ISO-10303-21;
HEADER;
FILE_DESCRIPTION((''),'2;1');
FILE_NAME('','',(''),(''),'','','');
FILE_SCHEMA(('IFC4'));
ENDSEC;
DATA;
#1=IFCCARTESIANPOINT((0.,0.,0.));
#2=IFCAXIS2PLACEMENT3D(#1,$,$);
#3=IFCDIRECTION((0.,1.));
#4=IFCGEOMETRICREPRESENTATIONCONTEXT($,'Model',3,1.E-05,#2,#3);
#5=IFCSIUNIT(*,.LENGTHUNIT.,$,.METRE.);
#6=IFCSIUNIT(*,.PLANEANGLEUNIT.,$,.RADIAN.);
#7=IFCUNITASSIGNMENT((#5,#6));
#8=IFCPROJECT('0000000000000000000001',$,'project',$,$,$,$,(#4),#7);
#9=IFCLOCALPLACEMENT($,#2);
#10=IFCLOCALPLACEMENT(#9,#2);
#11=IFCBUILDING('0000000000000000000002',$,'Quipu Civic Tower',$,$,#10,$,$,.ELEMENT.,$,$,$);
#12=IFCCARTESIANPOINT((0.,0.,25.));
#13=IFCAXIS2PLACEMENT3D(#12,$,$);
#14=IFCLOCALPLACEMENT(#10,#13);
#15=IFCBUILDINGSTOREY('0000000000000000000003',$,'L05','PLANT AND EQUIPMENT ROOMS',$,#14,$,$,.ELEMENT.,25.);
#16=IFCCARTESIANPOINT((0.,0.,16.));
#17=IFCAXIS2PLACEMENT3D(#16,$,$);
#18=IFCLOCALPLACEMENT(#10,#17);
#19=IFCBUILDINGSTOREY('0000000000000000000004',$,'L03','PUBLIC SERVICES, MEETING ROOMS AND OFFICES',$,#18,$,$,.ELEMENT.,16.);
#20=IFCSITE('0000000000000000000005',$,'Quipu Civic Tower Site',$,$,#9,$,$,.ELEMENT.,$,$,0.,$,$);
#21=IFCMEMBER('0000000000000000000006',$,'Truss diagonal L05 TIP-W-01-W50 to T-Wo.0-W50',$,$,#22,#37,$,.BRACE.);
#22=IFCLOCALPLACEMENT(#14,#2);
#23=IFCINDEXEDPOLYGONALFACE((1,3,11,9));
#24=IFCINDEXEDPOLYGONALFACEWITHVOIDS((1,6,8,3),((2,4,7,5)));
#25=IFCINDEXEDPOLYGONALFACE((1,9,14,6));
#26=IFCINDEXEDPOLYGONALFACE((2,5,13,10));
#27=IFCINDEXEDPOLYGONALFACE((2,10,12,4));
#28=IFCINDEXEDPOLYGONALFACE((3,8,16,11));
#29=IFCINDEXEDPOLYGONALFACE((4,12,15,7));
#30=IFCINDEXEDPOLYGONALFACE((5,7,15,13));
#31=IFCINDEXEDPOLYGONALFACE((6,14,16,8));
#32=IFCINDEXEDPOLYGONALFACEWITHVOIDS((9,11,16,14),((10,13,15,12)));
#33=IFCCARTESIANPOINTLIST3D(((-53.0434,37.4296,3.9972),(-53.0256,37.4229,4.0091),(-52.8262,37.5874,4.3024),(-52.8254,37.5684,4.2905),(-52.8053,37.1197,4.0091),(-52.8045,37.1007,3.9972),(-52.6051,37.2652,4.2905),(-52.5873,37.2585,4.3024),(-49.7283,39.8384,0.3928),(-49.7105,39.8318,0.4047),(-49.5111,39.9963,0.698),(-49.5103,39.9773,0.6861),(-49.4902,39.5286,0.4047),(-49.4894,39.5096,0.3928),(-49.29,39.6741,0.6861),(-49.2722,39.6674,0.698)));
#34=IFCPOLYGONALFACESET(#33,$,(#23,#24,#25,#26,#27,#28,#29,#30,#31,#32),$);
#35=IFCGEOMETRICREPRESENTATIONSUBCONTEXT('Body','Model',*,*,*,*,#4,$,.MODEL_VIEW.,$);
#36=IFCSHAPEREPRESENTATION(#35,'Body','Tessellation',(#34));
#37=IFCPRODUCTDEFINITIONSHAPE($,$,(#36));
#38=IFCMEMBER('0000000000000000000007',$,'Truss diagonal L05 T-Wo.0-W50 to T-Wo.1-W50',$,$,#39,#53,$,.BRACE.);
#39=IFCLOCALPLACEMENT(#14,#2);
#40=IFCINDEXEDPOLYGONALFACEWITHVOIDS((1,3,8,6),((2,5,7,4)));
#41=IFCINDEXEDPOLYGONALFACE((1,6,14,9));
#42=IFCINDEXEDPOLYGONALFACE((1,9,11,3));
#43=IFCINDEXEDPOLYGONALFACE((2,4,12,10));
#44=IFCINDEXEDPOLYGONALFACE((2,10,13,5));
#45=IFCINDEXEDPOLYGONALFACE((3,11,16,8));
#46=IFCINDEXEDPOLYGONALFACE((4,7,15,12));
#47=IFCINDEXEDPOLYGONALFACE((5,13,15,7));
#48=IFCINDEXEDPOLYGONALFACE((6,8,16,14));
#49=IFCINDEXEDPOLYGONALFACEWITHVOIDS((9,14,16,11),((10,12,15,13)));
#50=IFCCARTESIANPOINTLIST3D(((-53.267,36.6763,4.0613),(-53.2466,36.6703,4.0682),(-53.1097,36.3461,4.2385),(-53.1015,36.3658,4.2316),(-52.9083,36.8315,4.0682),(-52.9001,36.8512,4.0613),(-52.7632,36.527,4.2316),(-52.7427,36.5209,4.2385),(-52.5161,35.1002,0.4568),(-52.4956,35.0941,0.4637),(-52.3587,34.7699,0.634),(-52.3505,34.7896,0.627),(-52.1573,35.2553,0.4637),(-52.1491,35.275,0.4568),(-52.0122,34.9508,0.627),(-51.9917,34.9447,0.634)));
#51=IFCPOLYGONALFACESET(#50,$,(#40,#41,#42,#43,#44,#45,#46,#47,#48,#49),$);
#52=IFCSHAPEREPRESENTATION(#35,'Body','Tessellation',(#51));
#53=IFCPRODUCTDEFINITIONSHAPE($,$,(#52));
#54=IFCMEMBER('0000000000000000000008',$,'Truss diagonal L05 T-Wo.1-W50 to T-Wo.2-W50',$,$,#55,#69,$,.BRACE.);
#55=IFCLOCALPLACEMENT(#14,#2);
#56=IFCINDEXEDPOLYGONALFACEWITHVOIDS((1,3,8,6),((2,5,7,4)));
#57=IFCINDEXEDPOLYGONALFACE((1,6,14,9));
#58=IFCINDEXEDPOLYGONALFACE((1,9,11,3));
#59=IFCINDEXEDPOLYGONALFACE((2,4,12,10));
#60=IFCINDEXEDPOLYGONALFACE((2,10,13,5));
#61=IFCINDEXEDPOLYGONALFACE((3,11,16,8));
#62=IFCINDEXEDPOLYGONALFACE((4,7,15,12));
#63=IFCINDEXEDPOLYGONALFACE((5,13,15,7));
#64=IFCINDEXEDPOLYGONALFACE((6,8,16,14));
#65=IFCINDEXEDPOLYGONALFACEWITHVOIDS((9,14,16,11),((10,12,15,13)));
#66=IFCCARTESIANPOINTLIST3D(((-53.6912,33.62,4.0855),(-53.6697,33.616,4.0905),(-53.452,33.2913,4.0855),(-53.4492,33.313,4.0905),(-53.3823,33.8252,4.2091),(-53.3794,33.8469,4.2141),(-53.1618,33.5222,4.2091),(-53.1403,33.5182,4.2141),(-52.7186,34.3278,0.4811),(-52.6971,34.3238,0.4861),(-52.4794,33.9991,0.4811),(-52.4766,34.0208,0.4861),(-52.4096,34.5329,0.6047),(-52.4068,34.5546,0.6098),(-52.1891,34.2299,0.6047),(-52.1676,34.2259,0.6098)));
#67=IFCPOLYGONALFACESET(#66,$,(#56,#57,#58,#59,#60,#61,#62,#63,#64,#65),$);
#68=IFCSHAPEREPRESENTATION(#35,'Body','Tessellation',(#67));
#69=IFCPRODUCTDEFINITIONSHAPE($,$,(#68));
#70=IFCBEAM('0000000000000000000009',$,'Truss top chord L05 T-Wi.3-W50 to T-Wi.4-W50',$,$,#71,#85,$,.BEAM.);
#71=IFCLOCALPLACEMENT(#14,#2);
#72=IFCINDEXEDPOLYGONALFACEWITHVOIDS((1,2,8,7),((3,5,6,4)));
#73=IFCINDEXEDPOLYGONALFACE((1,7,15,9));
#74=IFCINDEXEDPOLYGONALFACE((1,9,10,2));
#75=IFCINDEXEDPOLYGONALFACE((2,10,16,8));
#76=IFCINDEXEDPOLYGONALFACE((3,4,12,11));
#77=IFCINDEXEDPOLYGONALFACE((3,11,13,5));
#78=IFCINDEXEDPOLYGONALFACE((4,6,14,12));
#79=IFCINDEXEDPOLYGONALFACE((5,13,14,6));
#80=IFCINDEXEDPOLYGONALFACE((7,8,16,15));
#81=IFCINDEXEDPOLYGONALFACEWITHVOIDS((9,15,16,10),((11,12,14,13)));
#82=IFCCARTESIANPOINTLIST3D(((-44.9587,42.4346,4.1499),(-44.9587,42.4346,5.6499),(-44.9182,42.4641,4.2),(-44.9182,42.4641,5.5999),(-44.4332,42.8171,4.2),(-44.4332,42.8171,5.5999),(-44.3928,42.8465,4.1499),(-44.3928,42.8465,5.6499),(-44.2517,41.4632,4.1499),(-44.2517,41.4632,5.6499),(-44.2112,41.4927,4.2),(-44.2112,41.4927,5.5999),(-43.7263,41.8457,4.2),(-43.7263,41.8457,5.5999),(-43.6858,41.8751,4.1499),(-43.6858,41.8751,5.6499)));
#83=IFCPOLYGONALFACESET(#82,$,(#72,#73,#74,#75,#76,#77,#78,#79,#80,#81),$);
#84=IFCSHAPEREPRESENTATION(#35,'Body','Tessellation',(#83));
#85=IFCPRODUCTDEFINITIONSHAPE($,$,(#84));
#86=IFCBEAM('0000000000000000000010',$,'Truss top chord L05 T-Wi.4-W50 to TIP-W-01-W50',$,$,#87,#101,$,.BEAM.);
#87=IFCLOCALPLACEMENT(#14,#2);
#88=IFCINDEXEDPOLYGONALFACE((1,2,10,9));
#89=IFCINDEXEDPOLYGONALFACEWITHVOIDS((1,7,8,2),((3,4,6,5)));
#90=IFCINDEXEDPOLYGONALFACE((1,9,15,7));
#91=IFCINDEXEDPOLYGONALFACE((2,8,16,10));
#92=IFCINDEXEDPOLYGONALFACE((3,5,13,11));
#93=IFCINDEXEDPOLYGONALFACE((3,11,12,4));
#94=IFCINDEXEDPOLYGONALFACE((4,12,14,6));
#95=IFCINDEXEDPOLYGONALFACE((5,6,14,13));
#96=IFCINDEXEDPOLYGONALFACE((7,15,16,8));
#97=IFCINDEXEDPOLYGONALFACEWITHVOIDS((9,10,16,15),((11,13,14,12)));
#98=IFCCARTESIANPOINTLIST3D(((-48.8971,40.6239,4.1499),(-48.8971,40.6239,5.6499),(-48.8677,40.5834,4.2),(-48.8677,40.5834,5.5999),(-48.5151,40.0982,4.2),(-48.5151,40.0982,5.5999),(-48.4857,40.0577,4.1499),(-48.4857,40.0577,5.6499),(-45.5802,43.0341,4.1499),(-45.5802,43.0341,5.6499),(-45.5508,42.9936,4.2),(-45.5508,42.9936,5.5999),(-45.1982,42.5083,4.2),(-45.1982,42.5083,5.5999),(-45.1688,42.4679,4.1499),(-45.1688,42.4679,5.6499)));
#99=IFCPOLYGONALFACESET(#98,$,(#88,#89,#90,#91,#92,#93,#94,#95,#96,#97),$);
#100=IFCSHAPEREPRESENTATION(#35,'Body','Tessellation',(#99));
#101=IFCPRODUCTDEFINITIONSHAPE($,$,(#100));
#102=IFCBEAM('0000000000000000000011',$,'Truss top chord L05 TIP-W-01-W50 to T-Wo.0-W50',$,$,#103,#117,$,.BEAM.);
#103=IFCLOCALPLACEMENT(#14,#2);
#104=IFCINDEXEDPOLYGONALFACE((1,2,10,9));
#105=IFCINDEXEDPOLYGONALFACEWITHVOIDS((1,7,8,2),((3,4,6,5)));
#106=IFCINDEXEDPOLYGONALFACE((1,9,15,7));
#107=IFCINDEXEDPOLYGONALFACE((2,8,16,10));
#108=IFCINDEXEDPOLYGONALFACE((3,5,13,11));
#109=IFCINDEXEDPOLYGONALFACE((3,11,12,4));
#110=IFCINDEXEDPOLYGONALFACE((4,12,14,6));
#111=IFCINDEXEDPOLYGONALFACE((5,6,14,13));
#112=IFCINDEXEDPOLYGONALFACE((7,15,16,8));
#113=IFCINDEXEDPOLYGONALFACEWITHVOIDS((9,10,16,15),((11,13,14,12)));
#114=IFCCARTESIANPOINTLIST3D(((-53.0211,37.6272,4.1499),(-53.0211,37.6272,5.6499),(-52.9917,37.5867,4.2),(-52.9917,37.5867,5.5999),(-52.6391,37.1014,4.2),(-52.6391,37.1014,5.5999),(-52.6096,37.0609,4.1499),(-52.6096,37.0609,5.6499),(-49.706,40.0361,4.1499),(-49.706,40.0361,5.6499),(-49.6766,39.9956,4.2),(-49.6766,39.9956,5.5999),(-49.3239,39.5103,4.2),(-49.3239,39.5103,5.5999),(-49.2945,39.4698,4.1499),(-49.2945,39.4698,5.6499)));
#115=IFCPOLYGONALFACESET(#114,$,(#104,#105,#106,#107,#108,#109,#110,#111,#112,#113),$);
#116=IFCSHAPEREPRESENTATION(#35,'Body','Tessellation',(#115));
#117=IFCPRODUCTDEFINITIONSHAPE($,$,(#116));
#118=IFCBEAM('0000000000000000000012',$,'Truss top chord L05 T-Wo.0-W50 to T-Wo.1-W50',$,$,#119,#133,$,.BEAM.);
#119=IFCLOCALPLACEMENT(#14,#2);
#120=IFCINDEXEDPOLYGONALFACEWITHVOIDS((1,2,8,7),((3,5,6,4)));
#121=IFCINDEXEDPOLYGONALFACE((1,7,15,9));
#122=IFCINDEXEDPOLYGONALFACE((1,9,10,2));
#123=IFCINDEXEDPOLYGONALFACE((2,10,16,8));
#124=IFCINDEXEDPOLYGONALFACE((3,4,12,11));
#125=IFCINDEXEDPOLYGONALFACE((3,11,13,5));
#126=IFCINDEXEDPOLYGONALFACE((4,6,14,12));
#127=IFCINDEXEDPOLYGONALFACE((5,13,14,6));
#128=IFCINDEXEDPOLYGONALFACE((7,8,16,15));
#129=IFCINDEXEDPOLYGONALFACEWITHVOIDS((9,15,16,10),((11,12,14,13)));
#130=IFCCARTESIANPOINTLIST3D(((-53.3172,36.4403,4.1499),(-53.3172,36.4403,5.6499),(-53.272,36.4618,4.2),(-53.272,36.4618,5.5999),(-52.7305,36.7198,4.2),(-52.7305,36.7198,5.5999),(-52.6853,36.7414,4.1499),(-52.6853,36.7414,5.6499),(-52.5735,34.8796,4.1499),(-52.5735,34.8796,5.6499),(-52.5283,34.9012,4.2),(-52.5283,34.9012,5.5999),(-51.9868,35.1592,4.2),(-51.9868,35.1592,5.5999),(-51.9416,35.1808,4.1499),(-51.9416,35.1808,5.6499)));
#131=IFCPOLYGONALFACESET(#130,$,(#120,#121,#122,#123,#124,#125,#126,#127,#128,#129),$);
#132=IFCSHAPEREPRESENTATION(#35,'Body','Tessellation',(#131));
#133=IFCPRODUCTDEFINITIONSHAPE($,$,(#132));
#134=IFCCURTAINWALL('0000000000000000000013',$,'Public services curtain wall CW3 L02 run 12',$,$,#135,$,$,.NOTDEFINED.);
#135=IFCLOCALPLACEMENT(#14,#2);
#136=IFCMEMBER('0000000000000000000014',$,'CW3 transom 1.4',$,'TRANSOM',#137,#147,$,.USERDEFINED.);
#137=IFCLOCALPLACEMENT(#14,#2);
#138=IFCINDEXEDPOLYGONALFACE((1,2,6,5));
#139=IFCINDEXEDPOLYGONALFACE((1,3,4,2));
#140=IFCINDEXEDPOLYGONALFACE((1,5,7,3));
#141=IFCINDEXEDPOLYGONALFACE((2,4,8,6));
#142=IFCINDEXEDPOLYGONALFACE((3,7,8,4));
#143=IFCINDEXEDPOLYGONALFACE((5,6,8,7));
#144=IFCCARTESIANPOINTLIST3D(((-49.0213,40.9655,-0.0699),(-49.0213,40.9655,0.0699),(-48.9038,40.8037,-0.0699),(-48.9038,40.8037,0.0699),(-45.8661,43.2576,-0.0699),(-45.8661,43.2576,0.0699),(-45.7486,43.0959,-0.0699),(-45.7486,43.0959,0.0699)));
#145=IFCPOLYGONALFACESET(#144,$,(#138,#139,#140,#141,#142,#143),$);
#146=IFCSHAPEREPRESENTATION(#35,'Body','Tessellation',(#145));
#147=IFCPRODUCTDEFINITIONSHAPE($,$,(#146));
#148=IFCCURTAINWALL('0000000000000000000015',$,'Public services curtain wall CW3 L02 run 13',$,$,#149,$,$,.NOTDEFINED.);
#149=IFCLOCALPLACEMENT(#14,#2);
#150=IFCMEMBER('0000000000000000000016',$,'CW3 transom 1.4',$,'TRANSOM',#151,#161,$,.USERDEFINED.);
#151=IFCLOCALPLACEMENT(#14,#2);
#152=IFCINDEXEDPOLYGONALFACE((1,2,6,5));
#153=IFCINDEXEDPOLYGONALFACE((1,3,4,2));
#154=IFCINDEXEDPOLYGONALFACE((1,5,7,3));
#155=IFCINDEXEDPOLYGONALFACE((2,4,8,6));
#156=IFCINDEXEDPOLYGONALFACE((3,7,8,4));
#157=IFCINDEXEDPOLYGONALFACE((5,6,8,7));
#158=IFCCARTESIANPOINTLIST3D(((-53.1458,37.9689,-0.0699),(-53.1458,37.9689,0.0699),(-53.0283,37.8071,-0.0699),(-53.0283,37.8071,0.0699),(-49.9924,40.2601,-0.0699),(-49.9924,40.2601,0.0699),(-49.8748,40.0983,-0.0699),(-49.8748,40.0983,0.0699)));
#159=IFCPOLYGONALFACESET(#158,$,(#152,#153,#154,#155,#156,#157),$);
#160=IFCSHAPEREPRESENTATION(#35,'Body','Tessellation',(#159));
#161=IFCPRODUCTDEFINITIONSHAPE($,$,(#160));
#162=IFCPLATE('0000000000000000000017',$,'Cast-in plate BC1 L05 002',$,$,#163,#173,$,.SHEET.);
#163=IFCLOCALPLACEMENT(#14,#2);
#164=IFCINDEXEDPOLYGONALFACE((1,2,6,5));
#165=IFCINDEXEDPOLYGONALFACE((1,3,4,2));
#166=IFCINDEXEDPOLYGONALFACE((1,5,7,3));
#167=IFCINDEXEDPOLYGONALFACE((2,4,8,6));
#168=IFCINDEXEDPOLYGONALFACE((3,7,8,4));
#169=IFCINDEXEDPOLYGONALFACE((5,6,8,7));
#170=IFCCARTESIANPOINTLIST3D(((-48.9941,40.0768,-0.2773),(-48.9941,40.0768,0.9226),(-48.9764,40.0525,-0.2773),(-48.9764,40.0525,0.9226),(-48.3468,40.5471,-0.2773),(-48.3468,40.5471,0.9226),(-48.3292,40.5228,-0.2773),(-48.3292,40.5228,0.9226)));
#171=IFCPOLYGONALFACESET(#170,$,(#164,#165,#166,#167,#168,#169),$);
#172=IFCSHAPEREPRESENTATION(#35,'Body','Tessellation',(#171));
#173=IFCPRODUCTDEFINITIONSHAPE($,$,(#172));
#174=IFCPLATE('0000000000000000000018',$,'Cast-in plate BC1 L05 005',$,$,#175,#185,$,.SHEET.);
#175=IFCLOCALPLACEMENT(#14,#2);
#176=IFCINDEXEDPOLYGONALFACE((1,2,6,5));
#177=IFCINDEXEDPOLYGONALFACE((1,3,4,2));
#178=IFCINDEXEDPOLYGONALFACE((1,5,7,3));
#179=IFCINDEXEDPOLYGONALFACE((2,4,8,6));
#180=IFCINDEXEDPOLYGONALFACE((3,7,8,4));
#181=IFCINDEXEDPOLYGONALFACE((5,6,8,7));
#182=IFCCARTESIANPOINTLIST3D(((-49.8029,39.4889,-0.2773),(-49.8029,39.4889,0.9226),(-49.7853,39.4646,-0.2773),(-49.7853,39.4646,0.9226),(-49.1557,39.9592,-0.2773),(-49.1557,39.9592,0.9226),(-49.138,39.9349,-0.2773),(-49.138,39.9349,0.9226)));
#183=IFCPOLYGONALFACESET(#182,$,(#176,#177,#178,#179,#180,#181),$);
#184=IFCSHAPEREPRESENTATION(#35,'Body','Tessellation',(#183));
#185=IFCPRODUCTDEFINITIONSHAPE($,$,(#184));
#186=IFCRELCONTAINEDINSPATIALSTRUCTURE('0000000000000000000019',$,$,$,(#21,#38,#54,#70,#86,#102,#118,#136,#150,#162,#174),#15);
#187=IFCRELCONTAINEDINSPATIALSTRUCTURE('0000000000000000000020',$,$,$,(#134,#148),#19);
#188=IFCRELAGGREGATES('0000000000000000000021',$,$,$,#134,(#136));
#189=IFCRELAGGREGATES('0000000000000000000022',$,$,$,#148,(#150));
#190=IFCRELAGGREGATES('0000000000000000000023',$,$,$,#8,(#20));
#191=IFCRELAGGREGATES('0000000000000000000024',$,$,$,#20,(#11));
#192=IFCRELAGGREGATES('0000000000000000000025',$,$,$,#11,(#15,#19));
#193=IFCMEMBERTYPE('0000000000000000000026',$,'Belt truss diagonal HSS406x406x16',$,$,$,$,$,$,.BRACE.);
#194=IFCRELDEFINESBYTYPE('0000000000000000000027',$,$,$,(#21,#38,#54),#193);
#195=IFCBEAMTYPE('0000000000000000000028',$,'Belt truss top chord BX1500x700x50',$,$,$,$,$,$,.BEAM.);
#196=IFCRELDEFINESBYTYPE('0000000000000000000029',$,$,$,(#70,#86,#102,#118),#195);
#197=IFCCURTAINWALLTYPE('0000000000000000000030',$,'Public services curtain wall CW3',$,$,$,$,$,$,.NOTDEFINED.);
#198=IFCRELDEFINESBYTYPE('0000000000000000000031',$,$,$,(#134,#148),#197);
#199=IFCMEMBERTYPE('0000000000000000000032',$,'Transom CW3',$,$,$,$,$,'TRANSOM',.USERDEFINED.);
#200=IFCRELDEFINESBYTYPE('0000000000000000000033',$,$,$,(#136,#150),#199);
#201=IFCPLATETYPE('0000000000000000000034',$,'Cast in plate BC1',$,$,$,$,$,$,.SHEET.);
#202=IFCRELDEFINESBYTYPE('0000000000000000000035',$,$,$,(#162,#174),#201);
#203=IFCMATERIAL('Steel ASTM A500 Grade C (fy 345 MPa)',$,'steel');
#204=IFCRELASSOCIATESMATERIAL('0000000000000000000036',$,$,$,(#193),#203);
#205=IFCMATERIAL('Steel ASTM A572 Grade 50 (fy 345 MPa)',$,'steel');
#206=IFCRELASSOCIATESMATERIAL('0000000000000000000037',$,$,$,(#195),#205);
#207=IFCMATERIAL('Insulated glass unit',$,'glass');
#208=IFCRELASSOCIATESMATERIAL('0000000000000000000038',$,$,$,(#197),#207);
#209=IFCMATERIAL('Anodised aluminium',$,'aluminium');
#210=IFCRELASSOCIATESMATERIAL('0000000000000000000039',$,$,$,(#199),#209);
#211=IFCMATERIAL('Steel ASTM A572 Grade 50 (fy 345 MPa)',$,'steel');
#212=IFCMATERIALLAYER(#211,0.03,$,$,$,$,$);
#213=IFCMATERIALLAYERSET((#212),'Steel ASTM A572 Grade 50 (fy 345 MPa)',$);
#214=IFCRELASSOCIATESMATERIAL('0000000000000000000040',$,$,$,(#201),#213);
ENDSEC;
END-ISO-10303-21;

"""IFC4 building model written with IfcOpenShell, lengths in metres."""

from ifc_helpers import new_model, si_unit, direction, frame, origin, origin_2d, place, context, subcontext, project, spatial, rectangle, hollow_rectangle, extrude, material, layer, layer_set, material_profile, profile_set, type_object, element, aggregate, save


model = new_model("IFC4")

# Units and contexts
model_context = context("Model", 3, precision=1e-05, world=origin(), true_north=direction((0.0, 1.0)))
body_context = subcontext(model_context, "Body", "Model", "MODEL_VIEW")
ifc_project = project(units=[si_unit("LENGTHUNIT", "METRE"), si_unit("PLANEANGLEUNIT", "RADIAN")], contexts=[model_context])

# Site, building, storey
site_placement = place(None, origin())
site = spatial("IfcSite", under=ifc_project, at=site_placement, Name="Quipu Civic Tower Site", CompositionType="ELEMENT", RefElevation=0.0)
building_placement = place(site_placement, origin())
building = spatial("IfcBuilding", under=site, at=building_placement, Name="Quipu Civic Tower", CompositionType="ELEMENT")
storey_1_placement = place(building_placement, frame((0.0, 0.0, 25.0)))
storey_1 = spatial("IfcBuildingStorey", under=building, at=storey_1_placement, Name="L05", Description="PLANT AND EQUIPMENT ROOMS", CompositionType="ELEMENT", Elevation=25.0)

# Members
ifc_material_1 = material(Name="Steel ASTM A500 Grade C (fy 345 MPa)", Category="steel")
ifc_material_profile_1 = material_profile(ifc_material_1, hollow_rectangle(XDim=0.4065, YDim=0.4065, WallThickness=0.0159, at=origin_2d()), Name="HSS406x406x16")
ifc_profile_set_1 = profile_set([ifc_material_profile_1], Name="Steel ASTM A500 Grade C (fy 345 MPa)")
member_type_1 = type_object("IfcMemberType", Name="Belt truss diagonal HSS406x406x16", PredefinedType="BRACE", material=ifc_profile_set_1)
member_1_placement = place(storey_1_placement, frame((-49.5002, 39.7529, 0.5454), z_axis=(-0.60744, -0.441388, 0.660449), x_axis=(0.587835, -0.808981, 0.0)))
element("IfcMember", 1, at=member_1_placement, inside=storey_1, type_object=member_type_1, Name="Truss diagonal L05 TIP-W-01-W50 to T-Wo.0-W50", PredefinedType="BRACE", context=body_context, shape_type="SweptSolid", body=[
    extrude(hollow_rectangle(XDim=0.4065, YDim=0.4065, WallThickness=0.0159, at=origin_2d()), origin(), (0.0, 0.0, 1.0), 5.4575),
])
member_2_placement = place(storey_1_placement, frame((-53.0049, 36.5986, 4.1499), z_axis=(0.187506, -0.393543, -0.899981), x_axis=(0.902767, 0.430129, 0.0)))
element("IfcMember", 2, at=member_2_placement, inside=storey_1, type_object=member_type_1, Name="Truss diagonal L05 T-Wo.0-W50 to T-Wo.1-W50", PredefinedType="BRACE", context=body_context, shape_type="SweptSolid", body=[
    extrude(hollow_rectangle(XDim=0.4065, YDim=0.4065, WallThickness=0.0159, at=origin_2d()), origin(), (0.0, 0.0, 1.0), 4.0051),
])
member_3_placement = place(storey_1_placement, frame((-52.4431, 34.2769, 0.5454), z_axis=(-0.255968, -0.186258, 0.948572), x_axis=(0.588377, -0.808587, 0.0)))
element("IfcMember", 3, at=member_3_placement, inside=storey_1, type_object=member_type_1, Name="Truss diagonal L05 T-Wo.1-W50 to T-Wo.2-W50", PredefinedType="BRACE", context=body_context, shape_type="SweptSolid", body=[
    extrude(hollow_rectangle(XDim=0.4065, YDim=0.4065, WallThickness=0.0159, at=origin_2d()), origin(), (0.0, 0.0, 1.0), 3.7998),
])

# Beams
ifc_material_2 = material(Name="Steel ASTM A572 Grade 50 (fy 345 MPa)", Category="steel")
ifc_material_profile_2 = material_profile(ifc_material_2, hollow_rectangle(XDim=0.7, YDim=1.5, WallThickness=0.05, at=origin_2d()), Name="BX1500x700x50")
ifc_profile_set_2 = profile_set([ifc_material_profile_2], Name="Steel ASTM A572 Grade 50 (fy 345 MPa)")
beam_type_1 = type_object("IfcBeamType", Name="Belt truss top chord BX1500x700x50", PredefinedType="BEAM", material=ifc_profile_set_2)
beam_1_placement = place(storey_1_placement, frame((-43.9688, 41.6692, 4.8999), z_axis=(-0.588462, 0.808525, 0.0), x_axis=(-0.808525, -0.588462, 0.0)))
element("IfcBeam", 4, at=beam_1_placement, inside=storey_1, type_object=beam_type_1, Name="Truss top chord L05 T-Wi.3-W50 to T-Wi.4-W50", PredefinedType="BEAM", context=body_context, shape_type="SweptSolid", body=[
    extrude(hollow_rectangle(XDim=0.7, YDim=1.5, WallThickness=0.05, at=origin_2d()), origin(), (0.0, 0.0, 1.0), 1.2014),
])
beam_2_placement = place(storey_1_placement, frame((-45.3745, 42.751, 4.8999), z_axis=(-0.808983, -0.587832, 0.0), x_axis=(0.587832, -0.808983, 0.0)))
element("IfcBeam", 5, at=beam_2_placement, inside=storey_1, type_object=beam_type_1, Name="Truss top chord L05 T-Wi.4-W50 to TIP-W-01-W50", PredefinedType="BEAM", context=body_context, shape_type="SweptSolid", body=[
    extrude(hollow_rectangle(XDim=0.7, YDim=1.5, WallThickness=0.05, at=origin_2d()), origin(), (0.0, 0.0, 1.0), 4.1001),
])
beam_3_placement = place(storey_1_placement, frame((-49.5002, 39.7529, 4.8999), z_axis=(-0.808981, -0.587835, 0.0), x_axis=(0.587835, -0.808981, 0.0)))
element("IfcBeam", 6, at=beam_3_placement, inside=storey_1, type_object=beam_type_1, Name="Truss top chord L05 TIP-W-01-W50 to T-Wo.0-W50", PredefinedType="BEAM", context=body_context, shape_type="SweptSolid", body=[
    extrude(hollow_rectangle(XDim=0.7, YDim=1.5, WallThickness=0.05, at=origin_2d()), origin(), (0.0, 0.0, 1.0), 4.0979),
])
beam_4_placement = place(storey_1_placement, frame((-53.0012, 36.5908, 4.8999), z_axis=(0.430186, -0.90274, 0.0), x_axis=(0.90274, 0.430186, 0.0)))
element("IfcBeam", 7, at=beam_4_placement, inside=storey_1, type_object=beam_type_1, Name="Truss top chord L05 T-Wo.0-W50 to T-Wo.1-W50", PredefinedType="BEAM", context=body_context, shape_type="SweptSolid", body=[
    extrude(hollow_rectangle(XDim=0.7, YDim=1.5, WallThickness=0.05, at=origin_2d()), origin(), (0.0, 0.0, 1.0), 1.7288),
])

# Shared definitions
storey_2_placement = place(building_placement, frame((0.0, 0.0, 16.0)))
storey_2 = spatial("IfcBuildingStorey", under=building, at=storey_2_placement, Name="L03", Description="PUBLIC SERVICES, MEETING ROOMS AND OFFICES", CompositionType="ELEMENT", Elevation=16.0)

# Curtain walls, members
ifc_material_3 = material(Name="Insulated glass unit", Category="glass")
curtain_wall_type = type_object("IfcCurtainWallType", Name="Public services curtain wall CW3", PredefinedType="NOTDEFINED", material=ifc_material_3)
curtain_wall_1_placement = place(storey_2_placement, origin())
curtain_wall_1 = element("IfcCurtainWall", 8, at=curtain_wall_1_placement, inside=storey_2, type_object=curtain_wall_type, Name="Public services curtain wall CW3 L02 run 12", PredefinedType="NOTDEFINED")
ifc_material_4 = material(Name="Anodised aluminium", Category="aluminium")
ifc_material_profile_3 = material_profile(ifc_material_4, rectangle(XDim=0.2, YDim=0.1399, at=origin_2d()), Name="RECT 200x140")
ifc_profile_set_3 = profile_set([ifc_material_profile_3], Name="Anodised aluminium")
member_type_2 = type_object("IfcMemberType", Name="Transom CW3", ElementType="TRANSOM", PredefinedType="USERDEFINED", material=ifc_profile_set_3)
member_4_placement = place(storey_1_placement, frame((-45.8074, 43.1768, 0.0), z_axis=(-0.809042, -0.587751, 0.0), x_axis=(0.587751, -0.809042, 0.0)))
member_4 = element("IfcMember", 9, at=member_4_placement, inside=storey_1, type_object=member_type_2, Name="CW3 transom 1.4", ObjectType="TRANSOM", PredefinedType="USERDEFINED", context=body_context, shape_type="SweptSolid", body=[
    extrude(rectangle(XDim=0.2, YDim=0.1399, at=origin_2d()), origin(), (0.0, 0.0, 1.0), 3.8999),
])
aggregate(curtain_wall_1, [member_4])
curtain_wall_2_placement = place(storey_2_placement, origin())
curtain_wall_2 = element("IfcCurtainWall", 10, at=curtain_wall_2_placement, inside=storey_2, type_object=curtain_wall_type, Name="Public services curtain wall CW3 L02 run 13", PredefinedType="NOTDEFINED")
member_5_placement = place(storey_1_placement, frame((-49.9336, 40.1792, 0.0), z_axis=(-0.80901, -0.587796, 0.0), x_axis=(0.587796, -0.80901, 0.0)))
member_5 = element("IfcMember", 11, at=member_5_placement, inside=storey_1, type_object=member_type_2, Name="CW3 transom 1.4", ObjectType="TRANSOM", PredefinedType="USERDEFINED", context=body_context, shape_type="SweptSolid", body=[
    extrude(rectangle(XDim=0.2, YDim=0.1399, at=origin_2d()), origin(), (0.0, 0.0, 1.0), 3.8979),
])
aggregate(curtain_wall_2, [member_5])

# Plates
ifc_material_5 = material(Name="Steel ASTM A572 Grade 50 (fy 345 MPa)", Category="steel")
ifc_layer_1 = layer(ifc_material_5, 0.03)
ifc_layer_set_1 = layer_set([ifc_layer_1], Name="Steel ASTM A572 Grade 50 (fy 345 MPa)")
plate_type_1 = type_object("IfcPlateType", Name="Cast in plate BC1", PredefinedType="SHEET", material=ifc_layer_set_1)
for number, where, z_axis, x_axis, name in (
    (12, (-48.6616, 40.2998, -0.2773), (0.0, 0.0, 1.0), (0.809027, 0.587771, 0.0), "Cast-in plate BC1 L05 002"),
    (13, (-49.4705, 39.7119, -0.2773), (0.0, 0.0, 1.0), (0.809027, 0.587771, 0.0), "Cast-in plate BC1 L05 005"),
):
    element("IfcPlate", number, at=place(storey_1_placement, frame(where, z_axis=z_axis, x_axis=x_axis)), inside=storey_1, type_object=plate_type_1, Name=name, PredefinedType="SHEET", context=body_context, shape_type="SweptSolid", body=[
        extrude(rectangle(XDim=0.8, YDim=0.03, at=origin_2d()), origin(), (0.0, 0.0, 1.0), 1.2),
    ])

save(model, "model.ifc")
